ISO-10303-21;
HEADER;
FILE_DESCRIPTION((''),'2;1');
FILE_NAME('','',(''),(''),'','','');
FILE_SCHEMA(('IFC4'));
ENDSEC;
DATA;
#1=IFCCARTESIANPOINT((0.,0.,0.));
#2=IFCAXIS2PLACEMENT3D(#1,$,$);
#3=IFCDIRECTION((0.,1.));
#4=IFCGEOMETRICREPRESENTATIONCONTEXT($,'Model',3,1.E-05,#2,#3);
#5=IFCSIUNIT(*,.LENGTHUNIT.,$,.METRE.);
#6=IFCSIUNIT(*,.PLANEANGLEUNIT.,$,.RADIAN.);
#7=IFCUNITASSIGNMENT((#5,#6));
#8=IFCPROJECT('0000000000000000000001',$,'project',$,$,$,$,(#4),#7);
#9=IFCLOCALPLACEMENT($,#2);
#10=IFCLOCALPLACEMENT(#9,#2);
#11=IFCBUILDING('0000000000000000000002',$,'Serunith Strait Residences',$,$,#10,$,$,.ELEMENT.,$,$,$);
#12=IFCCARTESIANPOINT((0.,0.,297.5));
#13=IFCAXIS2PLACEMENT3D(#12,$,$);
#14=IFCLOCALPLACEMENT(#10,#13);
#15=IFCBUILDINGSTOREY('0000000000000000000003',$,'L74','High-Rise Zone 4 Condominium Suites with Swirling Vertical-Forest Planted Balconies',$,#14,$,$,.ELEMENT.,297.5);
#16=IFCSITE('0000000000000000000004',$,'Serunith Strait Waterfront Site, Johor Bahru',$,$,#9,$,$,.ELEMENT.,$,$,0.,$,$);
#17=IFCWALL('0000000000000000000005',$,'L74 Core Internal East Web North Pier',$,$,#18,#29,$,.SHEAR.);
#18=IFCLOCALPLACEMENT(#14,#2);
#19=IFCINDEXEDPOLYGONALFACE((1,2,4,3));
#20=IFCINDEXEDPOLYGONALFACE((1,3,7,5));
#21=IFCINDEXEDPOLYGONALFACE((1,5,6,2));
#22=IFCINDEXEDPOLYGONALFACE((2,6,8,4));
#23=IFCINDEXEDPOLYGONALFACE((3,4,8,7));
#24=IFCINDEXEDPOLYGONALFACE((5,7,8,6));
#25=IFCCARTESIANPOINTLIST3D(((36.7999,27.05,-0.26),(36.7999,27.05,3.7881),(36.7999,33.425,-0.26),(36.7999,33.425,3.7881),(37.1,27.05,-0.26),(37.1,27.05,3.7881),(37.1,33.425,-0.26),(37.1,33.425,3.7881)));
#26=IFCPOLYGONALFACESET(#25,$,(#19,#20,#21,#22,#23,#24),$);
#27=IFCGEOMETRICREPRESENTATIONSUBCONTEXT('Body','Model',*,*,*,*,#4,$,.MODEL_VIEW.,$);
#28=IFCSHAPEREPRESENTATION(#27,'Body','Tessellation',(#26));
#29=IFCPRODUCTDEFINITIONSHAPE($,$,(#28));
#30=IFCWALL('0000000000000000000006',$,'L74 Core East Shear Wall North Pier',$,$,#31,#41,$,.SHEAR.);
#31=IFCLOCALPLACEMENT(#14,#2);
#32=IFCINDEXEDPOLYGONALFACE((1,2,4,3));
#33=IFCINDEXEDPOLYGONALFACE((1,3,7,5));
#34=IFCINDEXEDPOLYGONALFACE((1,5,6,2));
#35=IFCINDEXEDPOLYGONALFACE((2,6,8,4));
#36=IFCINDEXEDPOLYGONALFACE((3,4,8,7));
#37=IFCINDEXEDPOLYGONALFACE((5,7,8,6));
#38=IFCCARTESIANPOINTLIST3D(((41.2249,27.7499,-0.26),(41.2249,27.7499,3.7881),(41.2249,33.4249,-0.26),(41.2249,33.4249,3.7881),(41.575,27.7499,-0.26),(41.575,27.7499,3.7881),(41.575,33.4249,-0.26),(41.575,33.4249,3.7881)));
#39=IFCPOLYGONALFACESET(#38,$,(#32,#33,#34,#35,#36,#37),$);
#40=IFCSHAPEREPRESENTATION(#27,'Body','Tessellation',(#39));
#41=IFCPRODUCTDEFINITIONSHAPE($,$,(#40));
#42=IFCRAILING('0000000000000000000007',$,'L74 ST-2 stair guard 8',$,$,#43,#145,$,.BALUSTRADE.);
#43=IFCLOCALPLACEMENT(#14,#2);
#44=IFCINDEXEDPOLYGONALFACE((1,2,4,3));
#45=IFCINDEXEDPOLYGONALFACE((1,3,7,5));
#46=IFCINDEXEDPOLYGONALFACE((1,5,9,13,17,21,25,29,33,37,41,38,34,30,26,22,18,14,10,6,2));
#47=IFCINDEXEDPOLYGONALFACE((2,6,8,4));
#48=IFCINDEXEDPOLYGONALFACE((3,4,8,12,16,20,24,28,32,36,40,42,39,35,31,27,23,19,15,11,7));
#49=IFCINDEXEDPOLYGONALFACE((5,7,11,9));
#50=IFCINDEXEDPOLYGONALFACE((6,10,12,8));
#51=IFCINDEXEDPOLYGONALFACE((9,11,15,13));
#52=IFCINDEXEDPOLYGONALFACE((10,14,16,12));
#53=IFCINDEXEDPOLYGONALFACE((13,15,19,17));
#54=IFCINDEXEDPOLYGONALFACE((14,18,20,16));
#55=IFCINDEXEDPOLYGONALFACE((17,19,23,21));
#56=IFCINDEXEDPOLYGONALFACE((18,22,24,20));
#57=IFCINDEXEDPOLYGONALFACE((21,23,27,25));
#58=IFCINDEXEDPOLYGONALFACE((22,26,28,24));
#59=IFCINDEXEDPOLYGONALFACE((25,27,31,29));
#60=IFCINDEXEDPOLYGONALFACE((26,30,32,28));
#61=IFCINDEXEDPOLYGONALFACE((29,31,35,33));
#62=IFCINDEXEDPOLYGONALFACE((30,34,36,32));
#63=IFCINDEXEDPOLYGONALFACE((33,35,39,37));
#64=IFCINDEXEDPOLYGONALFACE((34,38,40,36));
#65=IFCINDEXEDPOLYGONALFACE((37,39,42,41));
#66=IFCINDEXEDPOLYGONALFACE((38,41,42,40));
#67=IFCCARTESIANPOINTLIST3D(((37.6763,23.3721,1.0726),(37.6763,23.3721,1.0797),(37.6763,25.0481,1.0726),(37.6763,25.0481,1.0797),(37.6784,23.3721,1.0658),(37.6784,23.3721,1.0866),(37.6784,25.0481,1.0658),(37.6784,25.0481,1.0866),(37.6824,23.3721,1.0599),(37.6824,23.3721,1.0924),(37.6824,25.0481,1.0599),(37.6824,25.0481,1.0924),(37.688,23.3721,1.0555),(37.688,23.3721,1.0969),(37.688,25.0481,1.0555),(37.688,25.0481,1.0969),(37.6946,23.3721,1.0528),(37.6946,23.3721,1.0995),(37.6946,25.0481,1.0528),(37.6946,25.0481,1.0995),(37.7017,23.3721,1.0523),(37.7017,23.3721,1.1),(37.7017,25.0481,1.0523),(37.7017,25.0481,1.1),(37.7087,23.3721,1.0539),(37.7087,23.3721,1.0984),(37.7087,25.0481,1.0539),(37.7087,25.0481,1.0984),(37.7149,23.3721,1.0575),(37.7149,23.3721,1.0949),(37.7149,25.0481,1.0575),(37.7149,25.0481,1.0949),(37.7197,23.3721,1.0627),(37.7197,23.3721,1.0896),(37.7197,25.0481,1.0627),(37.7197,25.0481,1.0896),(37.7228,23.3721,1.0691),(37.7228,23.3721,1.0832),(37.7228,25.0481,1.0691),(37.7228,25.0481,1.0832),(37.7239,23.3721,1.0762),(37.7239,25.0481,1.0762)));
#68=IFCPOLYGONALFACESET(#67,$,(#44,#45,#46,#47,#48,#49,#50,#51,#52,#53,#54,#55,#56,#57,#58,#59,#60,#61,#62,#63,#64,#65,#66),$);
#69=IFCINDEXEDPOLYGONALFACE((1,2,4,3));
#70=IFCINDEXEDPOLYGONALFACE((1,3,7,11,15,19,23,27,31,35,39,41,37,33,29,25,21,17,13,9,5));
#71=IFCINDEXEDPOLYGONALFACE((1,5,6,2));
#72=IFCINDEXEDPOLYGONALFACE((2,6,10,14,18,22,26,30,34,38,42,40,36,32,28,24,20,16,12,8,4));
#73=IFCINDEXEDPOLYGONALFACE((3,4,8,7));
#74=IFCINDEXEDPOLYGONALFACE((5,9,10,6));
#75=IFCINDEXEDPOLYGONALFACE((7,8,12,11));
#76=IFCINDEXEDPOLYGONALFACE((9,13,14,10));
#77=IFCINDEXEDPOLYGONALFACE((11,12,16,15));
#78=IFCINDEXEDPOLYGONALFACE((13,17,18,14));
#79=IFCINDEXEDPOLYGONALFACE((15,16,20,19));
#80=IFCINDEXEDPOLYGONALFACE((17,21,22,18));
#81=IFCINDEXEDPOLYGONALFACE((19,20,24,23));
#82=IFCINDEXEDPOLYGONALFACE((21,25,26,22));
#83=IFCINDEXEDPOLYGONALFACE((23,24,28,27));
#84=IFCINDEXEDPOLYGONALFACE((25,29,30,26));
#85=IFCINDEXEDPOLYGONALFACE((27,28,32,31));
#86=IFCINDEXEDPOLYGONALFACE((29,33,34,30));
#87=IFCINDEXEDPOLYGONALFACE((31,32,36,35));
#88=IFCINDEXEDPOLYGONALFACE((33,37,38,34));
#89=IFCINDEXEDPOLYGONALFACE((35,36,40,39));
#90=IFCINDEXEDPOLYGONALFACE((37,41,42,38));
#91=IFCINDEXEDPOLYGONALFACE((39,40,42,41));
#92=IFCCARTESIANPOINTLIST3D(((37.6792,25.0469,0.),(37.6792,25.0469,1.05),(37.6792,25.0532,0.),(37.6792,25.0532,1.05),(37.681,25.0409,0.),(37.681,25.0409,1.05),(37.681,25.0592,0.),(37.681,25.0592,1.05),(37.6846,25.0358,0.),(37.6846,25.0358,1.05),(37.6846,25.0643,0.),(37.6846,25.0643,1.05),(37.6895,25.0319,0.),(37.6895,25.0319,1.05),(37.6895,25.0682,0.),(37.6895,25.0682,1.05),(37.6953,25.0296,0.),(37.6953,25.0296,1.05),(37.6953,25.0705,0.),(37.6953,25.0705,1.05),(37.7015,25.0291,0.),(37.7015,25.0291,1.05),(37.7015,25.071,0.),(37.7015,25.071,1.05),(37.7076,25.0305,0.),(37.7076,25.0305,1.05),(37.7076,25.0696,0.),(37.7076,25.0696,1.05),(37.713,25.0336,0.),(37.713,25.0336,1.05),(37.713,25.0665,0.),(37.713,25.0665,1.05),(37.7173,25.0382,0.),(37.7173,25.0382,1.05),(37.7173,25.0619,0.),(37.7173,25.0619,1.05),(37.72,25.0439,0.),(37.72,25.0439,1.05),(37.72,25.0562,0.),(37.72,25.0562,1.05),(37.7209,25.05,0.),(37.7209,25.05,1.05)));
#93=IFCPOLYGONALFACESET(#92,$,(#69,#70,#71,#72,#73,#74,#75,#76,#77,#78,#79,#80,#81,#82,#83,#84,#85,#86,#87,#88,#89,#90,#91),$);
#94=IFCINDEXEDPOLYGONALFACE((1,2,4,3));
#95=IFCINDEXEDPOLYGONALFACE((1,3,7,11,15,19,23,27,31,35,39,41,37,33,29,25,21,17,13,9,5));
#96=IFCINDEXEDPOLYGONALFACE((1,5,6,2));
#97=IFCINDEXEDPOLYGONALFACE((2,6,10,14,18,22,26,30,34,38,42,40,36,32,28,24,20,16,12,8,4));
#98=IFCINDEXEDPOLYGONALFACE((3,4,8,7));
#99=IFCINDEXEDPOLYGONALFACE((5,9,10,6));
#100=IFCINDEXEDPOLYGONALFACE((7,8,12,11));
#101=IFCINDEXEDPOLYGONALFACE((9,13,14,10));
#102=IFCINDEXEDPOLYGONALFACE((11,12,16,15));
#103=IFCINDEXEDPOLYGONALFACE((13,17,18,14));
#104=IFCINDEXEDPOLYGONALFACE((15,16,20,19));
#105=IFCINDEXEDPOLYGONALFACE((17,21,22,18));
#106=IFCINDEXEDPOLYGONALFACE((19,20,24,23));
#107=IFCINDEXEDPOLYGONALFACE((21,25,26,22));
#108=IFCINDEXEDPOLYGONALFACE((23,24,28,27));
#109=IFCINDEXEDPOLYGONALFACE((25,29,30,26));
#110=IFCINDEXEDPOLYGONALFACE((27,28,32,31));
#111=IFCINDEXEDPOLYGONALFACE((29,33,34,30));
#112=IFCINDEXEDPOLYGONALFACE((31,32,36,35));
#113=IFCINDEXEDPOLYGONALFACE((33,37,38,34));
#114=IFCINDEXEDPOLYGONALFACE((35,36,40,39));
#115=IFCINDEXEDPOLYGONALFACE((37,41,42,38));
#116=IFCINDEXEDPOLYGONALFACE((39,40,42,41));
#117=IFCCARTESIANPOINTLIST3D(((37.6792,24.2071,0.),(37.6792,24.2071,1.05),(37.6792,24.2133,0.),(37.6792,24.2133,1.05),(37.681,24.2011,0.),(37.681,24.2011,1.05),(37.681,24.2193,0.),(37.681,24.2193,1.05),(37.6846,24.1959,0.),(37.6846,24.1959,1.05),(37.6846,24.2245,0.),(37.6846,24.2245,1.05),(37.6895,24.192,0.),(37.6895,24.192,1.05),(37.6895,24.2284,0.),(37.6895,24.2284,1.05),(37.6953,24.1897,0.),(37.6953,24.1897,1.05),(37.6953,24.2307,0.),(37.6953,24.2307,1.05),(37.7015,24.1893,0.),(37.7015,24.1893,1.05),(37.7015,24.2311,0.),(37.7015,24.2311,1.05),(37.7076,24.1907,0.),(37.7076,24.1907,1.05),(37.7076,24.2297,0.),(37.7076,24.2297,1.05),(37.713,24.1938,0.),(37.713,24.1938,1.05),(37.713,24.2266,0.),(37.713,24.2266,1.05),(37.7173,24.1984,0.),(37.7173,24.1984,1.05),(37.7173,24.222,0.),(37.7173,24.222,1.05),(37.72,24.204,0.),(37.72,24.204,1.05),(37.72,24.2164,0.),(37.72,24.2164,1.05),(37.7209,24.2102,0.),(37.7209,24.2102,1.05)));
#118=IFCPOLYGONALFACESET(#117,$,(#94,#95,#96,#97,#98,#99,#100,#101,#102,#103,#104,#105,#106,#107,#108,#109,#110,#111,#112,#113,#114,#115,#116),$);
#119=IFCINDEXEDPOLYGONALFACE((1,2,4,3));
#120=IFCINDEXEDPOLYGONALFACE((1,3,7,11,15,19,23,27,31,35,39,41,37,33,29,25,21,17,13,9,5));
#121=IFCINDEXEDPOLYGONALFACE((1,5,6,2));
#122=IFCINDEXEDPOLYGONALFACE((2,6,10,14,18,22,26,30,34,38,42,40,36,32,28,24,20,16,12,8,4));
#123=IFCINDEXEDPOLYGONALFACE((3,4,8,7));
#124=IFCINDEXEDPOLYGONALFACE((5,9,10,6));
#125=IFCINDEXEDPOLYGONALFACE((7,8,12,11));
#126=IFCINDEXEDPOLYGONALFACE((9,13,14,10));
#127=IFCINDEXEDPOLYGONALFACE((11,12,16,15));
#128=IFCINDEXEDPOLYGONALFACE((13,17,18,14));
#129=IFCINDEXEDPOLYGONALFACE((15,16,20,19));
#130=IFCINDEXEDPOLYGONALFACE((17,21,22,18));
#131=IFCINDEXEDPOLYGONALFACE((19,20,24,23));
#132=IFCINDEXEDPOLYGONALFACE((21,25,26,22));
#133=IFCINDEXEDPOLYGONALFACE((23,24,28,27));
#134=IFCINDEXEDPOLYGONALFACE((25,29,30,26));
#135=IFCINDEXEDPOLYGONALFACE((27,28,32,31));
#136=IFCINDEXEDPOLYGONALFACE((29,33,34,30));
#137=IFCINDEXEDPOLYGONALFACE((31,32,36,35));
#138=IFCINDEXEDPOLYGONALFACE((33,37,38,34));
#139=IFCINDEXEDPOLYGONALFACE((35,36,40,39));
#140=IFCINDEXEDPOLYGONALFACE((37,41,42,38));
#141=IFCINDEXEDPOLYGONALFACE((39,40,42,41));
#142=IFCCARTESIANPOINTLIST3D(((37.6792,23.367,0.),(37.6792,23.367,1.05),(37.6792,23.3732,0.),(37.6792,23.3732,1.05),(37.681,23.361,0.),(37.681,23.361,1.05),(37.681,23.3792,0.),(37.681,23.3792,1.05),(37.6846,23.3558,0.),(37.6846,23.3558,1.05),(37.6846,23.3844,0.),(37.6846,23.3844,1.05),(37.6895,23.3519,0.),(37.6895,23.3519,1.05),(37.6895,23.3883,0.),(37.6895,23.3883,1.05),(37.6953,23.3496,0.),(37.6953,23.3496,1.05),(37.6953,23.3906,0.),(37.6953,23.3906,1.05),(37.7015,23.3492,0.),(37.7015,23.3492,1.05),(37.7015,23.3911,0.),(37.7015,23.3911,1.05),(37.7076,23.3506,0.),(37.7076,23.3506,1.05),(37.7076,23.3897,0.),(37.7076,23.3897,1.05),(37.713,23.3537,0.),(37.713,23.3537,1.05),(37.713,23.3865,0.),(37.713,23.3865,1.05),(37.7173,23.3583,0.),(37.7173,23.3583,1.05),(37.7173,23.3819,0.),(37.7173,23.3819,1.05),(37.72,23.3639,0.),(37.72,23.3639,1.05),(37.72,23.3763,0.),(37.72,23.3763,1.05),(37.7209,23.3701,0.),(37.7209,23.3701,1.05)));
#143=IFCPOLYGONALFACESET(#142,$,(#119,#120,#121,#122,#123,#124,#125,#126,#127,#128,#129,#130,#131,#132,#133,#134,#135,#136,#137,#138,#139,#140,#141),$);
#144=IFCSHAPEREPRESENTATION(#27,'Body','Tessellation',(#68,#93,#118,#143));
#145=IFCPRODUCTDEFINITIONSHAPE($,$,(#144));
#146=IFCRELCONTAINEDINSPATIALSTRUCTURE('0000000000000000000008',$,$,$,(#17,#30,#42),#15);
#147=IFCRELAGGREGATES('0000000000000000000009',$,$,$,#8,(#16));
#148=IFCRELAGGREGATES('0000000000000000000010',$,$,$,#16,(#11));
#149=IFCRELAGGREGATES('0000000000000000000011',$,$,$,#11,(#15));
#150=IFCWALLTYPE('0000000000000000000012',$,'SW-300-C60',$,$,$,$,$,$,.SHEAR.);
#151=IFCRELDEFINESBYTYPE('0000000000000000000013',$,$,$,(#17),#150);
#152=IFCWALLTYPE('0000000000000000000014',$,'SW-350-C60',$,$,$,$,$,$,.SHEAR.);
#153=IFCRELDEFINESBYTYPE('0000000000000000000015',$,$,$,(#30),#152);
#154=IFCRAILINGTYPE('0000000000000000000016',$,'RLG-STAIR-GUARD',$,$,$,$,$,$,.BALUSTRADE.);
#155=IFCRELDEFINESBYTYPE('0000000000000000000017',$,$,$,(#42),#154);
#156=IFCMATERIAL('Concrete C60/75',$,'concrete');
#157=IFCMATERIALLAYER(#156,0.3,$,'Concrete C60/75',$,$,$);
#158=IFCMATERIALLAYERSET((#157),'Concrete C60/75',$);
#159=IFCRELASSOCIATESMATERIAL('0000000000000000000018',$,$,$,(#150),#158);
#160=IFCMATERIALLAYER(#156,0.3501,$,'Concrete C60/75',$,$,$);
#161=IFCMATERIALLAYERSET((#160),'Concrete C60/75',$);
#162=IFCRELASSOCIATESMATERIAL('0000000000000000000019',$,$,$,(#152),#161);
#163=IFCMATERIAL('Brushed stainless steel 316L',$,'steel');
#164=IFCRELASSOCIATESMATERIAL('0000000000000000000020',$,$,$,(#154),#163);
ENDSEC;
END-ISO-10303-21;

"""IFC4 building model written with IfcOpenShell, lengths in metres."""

from ifc_helpers import new_model, si_unit, direction, frame, frame_2d, origin, origin_2d, place, context, subcontext, project, spatial, rectangle, circle, extrude, material, layer, layer_set, type_object, element, save


model = new_model("IFC4")

# Units and contexts
model_context = context("Model", 3, precision=1e-05, world=origin(), true_north=direction((0.0, 1.0)))
body_context = subcontext(model_context, "Body", "Model", "MODEL_VIEW")
ifc_project = project(units=[si_unit("LENGTHUNIT", "METRE"), si_unit("PLANEANGLEUNIT", "RADIAN")], contexts=[model_context])

# Site, building, storey
site_placement = place(None, origin())
site = spatial("IfcSite", under=ifc_project, at=site_placement, Name="Serunith Strait Waterfront Site, Johor Bahru", CompositionType="ELEMENT", RefElevation=0.0)
building_placement = place(site_placement, origin())
building = spatial("IfcBuilding", under=site, at=building_placement, Name="Serunith Strait Residences", CompositionType="ELEMENT")
storey_placement = place(building_placement, frame((0.0, 0.0, 297.5)))
storey = spatial("IfcBuildingStorey", under=building, at=storey_placement, Name="L74", Description="High-Rise Zone 4 Condominium Suites with Swirling Vertical-Forest Planted Balconies", CompositionType="ELEMENT", Elevation=297.5)

# Walls
ifc_material_1 = material(Name="Concrete C60/75", Category="concrete")
ifc_layer_1 = layer(ifc_material_1, 0.3, Name="Concrete C60/75")
ifc_layer_set_1 = layer_set([ifc_layer_1], Name="Concrete C60/75")
wall_type_1 = type_object("IfcWallType", Name="SW-300-C60", PredefinedType="SHEAR", material=ifc_layer_set_1)
wall_1_placement = place(storey_placement, frame((36.95, 27.05, -0.26), z_axis=(0.0, 0.0, 1.0), x_axis=(0.0, 1.0, 0.0)))
element("IfcWall", 1, at=wall_1_placement, inside=storey, type_object=wall_type_1, Name="L74 Core Internal East Web North Pier", PredefinedType="SHEAR", context=body_context, shape_type="SweptSolid", body=[
    extrude(rectangle(XDim=6.375, YDim=0.3, at=frame_2d((3.1875, 0.0))), origin(), (0.0, 0.0, 1.0), 4.0481),
])
ifc_layer_2 = layer(ifc_material_1, 0.3501, Name="Concrete C60/75")
ifc_layer_set_2 = layer_set([ifc_layer_2], Name="Concrete C60/75")
wall_type_2 = type_object("IfcWallType", Name="SW-350-C60", PredefinedType="SHEAR", material=ifc_layer_set_2)
wall_2_placement = place(storey_placement, frame((41.3999, 27.75, -0.26), z_axis=(0.0, 0.0, 1.0), x_axis=(0.0, 1.0, 0.0)))
element("IfcWall", 2, at=wall_2_placement, inside=storey, type_object=wall_type_2, Name="L74 Core East Shear Wall North Pier", PredefinedType="SHEAR", context=body_context, shape_type="SweptSolid", body=[
    extrude(rectangle(XDim=5.675, YDim=0.3501, at=frame_2d((2.8374, 0.0))), origin(), (0.0, 0.0, 1.0), 4.0481),
])

# Railing
ifc_material_2 = material(Name="Brushed stainless steel 316L", Category="steel")
railing_type = type_object("IfcRailingType", Name="RLG-STAIR-GUARD", PredefinedType="BALUSTRADE", material=ifc_material_2)
for number, where, name in (
    (3, (37.7, 25.05, 0.0), "L74 ST-2 stair guard 8"),
):
    element("IfcRailing", number, at=place(storey_placement, frame(where)), inside=storey, type_object=railing_type, Name=name, PredefinedType="BALUSTRADE", context=body_context, shape_type="SweptSolid", body=[
        extrude(circle(Radius=0.0239, at=origin_2d()), frame((0.0, -0.002, 1.0762), z_axis=(0.0, -1.0, 0.0), x_axis=(1.0, 0.0, 0.0)), (0.0, 0.0, 1.0), 1.676),
        extrude(circle(Radius=0.021, at=origin_2d()), origin(), (0.0, 0.0, 1.0), 1.05),
        extrude(circle(Radius=0.021, at=origin_2d()), frame((0.0, -0.8398, 0.0)), (0.0, 0.0, 1.0), 1.05),
        extrude(circle(Radius=0.021, at=origin_2d()), frame((0.0, -1.6799, 0.0)), (0.0, 0.0, 1.0), 1.05),
    ])

save(model, "model.ifc")
